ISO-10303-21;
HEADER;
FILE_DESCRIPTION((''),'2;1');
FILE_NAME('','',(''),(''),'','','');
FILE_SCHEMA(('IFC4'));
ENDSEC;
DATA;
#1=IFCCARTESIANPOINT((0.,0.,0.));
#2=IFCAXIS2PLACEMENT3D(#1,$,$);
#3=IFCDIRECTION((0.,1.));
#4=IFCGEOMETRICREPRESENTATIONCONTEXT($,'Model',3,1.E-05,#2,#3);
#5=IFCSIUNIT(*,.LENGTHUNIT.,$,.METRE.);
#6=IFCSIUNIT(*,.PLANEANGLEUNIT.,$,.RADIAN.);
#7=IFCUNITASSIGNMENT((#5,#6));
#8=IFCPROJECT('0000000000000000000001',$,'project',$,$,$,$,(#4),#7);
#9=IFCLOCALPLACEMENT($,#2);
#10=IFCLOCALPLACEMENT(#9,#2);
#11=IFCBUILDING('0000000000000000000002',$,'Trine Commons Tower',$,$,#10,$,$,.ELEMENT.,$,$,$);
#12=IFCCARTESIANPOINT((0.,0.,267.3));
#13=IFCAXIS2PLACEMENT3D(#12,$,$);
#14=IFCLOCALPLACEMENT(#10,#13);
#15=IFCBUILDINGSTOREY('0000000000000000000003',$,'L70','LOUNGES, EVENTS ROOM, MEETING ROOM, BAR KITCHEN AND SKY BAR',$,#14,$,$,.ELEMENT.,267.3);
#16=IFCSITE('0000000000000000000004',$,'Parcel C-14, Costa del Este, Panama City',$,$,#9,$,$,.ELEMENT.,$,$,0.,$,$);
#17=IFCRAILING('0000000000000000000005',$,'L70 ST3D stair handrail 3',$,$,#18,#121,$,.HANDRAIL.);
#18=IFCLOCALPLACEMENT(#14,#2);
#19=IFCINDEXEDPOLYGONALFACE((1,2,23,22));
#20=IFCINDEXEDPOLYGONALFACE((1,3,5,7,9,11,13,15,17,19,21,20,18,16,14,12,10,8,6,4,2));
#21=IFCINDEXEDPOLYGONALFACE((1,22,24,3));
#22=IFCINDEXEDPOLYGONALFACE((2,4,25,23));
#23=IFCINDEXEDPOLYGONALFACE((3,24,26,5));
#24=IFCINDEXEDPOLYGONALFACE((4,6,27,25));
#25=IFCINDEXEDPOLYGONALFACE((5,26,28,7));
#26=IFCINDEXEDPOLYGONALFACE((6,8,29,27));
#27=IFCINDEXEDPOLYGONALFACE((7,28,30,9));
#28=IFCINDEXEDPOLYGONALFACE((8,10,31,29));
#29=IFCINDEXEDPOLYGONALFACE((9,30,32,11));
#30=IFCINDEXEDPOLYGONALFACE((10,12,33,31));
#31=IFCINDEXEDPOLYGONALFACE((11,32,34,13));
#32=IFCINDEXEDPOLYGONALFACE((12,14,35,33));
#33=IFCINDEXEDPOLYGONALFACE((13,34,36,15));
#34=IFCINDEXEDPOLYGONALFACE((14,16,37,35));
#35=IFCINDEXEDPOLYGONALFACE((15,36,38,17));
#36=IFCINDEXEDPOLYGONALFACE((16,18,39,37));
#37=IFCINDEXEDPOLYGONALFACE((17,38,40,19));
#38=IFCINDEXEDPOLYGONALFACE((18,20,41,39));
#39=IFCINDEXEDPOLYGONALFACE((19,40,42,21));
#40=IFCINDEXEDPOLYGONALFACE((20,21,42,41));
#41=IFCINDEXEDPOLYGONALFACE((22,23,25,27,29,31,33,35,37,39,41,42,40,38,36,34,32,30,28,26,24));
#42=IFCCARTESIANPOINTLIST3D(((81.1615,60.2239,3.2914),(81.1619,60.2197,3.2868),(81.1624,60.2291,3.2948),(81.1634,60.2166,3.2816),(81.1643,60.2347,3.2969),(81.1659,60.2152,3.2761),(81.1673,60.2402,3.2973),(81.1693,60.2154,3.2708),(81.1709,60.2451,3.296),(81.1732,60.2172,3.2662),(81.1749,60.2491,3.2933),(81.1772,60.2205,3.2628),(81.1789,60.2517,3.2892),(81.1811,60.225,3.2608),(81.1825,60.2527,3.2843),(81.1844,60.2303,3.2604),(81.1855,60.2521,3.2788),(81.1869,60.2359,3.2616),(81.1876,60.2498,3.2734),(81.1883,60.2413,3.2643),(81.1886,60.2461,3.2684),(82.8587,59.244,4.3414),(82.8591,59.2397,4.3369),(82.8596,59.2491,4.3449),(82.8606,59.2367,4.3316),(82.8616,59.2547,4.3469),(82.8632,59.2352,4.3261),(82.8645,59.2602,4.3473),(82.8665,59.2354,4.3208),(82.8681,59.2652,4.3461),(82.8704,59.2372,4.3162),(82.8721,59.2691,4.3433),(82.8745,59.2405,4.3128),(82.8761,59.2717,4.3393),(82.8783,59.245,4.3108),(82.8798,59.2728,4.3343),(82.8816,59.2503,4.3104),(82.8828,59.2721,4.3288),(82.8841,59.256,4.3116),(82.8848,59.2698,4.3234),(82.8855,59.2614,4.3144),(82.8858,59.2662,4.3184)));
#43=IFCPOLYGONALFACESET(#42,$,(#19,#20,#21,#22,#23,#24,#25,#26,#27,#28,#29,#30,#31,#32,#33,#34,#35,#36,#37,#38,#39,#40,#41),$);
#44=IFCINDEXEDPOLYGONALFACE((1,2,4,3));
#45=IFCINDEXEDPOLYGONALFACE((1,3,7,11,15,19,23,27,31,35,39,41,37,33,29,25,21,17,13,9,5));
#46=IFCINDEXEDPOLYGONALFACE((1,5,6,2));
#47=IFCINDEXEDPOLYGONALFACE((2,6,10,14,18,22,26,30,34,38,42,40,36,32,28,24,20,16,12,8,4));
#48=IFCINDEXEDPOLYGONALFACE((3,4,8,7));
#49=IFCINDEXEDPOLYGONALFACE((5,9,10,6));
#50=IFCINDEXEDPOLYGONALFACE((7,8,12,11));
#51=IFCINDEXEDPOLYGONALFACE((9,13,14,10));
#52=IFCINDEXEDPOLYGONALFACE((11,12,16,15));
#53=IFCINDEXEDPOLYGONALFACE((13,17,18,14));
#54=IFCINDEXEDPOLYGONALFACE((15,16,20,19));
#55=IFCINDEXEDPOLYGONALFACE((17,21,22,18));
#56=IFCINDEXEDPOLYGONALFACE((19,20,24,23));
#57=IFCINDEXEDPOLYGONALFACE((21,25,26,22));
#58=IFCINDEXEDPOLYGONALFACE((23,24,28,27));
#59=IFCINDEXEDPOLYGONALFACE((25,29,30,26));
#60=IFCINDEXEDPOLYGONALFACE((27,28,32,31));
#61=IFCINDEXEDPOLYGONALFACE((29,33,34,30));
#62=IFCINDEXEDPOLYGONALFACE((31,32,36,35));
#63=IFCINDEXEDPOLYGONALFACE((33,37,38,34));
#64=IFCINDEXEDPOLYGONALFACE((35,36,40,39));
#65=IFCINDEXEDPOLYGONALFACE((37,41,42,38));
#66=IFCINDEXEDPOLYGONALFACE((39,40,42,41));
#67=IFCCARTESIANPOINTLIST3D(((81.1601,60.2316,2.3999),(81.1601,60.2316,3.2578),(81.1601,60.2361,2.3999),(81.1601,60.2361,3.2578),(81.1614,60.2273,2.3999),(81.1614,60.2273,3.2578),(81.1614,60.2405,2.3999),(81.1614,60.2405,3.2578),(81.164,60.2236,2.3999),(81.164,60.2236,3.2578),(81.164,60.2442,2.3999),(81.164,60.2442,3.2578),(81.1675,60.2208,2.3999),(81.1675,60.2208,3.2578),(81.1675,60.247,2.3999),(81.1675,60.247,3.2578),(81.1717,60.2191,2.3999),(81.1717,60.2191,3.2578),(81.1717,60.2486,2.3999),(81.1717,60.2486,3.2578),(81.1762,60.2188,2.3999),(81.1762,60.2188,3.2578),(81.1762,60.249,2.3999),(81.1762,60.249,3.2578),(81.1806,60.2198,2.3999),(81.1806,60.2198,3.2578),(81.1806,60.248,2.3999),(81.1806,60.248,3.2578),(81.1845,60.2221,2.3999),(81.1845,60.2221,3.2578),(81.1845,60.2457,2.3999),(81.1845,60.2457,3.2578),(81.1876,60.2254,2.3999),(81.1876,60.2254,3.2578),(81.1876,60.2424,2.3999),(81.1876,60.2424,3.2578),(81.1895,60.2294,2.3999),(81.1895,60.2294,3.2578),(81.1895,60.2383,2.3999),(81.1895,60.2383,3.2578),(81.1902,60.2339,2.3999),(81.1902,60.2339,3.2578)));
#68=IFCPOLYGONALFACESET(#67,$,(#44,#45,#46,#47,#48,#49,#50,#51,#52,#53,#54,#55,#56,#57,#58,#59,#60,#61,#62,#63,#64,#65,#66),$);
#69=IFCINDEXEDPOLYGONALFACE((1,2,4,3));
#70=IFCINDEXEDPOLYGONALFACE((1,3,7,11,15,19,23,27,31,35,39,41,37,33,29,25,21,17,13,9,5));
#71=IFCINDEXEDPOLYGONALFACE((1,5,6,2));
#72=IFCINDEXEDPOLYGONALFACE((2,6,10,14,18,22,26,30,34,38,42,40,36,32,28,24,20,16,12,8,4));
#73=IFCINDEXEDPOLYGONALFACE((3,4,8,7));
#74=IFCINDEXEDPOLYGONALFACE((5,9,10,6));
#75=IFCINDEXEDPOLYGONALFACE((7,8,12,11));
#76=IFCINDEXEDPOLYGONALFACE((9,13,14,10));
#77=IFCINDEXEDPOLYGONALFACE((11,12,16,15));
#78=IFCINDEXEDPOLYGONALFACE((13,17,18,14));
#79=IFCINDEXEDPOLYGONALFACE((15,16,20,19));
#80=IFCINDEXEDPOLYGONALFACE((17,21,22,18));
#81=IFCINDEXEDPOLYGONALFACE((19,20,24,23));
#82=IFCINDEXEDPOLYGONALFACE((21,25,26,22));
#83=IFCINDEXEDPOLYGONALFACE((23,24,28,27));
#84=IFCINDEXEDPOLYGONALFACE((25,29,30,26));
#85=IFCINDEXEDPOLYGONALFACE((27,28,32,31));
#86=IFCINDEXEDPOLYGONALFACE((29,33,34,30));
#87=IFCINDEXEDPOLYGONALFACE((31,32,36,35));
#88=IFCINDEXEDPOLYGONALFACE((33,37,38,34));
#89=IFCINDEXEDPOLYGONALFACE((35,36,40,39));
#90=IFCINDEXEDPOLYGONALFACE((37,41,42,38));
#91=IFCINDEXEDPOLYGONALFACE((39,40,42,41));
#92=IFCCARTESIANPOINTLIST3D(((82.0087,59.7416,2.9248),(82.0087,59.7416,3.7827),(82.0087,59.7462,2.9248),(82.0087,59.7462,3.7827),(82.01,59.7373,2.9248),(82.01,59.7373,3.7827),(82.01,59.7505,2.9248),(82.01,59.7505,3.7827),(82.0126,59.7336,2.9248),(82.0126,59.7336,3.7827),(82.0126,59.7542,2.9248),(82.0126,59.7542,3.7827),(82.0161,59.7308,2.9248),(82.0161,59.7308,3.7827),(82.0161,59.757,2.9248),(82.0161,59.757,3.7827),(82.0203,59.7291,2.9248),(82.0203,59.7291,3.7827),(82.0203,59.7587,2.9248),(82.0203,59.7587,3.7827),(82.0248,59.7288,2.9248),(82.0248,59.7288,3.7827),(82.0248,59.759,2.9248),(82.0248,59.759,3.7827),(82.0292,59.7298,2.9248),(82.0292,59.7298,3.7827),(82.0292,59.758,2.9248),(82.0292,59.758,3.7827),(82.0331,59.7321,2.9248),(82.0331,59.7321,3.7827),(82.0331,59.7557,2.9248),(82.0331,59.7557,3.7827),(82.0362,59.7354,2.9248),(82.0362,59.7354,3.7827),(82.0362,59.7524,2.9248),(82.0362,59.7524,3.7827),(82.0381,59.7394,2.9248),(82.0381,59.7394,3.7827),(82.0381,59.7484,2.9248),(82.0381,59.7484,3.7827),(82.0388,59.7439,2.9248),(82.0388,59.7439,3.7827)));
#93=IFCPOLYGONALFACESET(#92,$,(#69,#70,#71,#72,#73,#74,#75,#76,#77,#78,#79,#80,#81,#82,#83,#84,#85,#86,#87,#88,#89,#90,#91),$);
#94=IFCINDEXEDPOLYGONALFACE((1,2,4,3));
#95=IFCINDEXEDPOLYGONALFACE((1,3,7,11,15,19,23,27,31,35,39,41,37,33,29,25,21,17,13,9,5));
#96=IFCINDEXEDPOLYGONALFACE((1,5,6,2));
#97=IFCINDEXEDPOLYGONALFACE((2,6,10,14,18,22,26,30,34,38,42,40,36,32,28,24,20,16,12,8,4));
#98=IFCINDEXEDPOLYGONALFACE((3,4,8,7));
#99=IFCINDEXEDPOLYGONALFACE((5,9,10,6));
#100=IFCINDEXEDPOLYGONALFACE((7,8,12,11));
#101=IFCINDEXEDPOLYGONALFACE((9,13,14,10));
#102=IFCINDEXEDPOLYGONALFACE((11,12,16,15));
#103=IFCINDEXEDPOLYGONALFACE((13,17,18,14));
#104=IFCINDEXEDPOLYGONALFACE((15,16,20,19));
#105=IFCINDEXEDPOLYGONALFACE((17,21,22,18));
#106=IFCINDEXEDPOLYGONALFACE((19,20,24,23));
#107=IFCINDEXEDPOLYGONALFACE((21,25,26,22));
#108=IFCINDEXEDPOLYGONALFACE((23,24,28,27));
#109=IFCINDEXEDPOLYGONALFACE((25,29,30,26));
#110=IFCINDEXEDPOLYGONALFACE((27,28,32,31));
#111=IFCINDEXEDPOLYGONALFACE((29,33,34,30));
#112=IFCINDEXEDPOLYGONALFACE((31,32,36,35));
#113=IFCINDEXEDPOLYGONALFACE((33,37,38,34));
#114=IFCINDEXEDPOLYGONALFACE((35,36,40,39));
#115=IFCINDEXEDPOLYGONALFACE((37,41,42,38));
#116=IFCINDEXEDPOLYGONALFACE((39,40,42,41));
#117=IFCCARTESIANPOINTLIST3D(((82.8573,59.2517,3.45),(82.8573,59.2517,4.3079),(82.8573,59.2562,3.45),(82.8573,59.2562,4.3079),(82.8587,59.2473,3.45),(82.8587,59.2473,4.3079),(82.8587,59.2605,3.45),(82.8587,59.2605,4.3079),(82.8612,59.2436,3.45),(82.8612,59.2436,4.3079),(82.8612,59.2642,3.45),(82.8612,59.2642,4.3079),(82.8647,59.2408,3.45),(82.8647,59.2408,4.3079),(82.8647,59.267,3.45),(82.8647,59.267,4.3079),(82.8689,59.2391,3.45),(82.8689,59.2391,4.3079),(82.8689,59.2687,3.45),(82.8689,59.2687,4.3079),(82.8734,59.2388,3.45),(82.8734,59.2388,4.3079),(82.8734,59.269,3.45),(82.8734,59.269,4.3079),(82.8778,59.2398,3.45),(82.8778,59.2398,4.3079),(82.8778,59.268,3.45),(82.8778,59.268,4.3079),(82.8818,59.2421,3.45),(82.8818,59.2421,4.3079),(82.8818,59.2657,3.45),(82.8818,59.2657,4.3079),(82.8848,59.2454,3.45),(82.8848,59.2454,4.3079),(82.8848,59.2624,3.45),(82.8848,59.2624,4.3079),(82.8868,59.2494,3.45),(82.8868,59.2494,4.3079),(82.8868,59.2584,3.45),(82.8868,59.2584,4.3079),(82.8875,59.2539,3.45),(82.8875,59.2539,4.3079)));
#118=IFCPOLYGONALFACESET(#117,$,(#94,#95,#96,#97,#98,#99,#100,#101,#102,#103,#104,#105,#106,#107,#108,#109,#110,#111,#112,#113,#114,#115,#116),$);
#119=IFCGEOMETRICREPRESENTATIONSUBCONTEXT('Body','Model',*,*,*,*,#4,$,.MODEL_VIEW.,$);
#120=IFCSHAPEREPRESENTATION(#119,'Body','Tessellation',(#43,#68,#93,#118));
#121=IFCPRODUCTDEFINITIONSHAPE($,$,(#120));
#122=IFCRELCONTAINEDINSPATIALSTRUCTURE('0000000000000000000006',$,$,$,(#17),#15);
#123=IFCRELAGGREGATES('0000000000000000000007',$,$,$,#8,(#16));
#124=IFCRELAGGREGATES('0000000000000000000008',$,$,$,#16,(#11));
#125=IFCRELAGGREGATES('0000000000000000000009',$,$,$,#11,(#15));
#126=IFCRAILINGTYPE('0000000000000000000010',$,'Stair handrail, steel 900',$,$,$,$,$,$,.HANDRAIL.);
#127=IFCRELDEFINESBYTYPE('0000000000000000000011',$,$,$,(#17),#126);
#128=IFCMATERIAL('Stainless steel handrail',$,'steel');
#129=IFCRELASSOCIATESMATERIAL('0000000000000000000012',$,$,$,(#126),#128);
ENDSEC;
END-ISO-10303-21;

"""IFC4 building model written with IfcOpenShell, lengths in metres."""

from ifc_helpers import new_model, si_unit, direction, frame, origin, origin_2d, place, context, subcontext, project, spatial, circle, extrude, material, type_object, element, save


model = new_model("IFC4")

# Units and contexts
model_context = context("Model", 3, precision=1e-05, world=origin(), true_north=direction((0.0, 1.0)))
body_context = subcontext(model_context, "Body", "Model", "MODEL_VIEW")
ifc_project = project(units=[si_unit("LENGTHUNIT", "METRE"), si_unit("PLANEANGLEUNIT", "RADIAN")], contexts=[model_context])

# Site, building, storey
site_placement = place(None, origin())
site = spatial("IfcSite", under=ifc_project, at=site_placement, Name="Parcel C-14, Costa del Este, Panama City", CompositionType="ELEMENT", RefElevation=0.0)
building_placement = place(site_placement, origin())
building = spatial("IfcBuilding", under=site, at=building_placement, Name="Trine Commons Tower", CompositionType="ELEMENT")
storey_placement = place(building_placement, frame((0.0, 0.0, 267.3)))
storey = spatial("IfcBuildingStorey", under=building, at=storey_placement, Name="L70", Description="LOUNGES, EVENTS ROOM, MEETING ROOM, BAR KITCHEN AND SKY BAR", CompositionType="ELEMENT", Elevation=267.3)

# Railing
ifc_material_1 = material(Name="Stainless steel handrail", Category="steel")
railing_type_1 = type_object("IfcRailingType", Name="Stair handrail, steel 900", PredefinedType="HANDRAIL", material=ifc_material_1)
railing_1_placement = place(storey_placement, frame((81.175, 60.2339, 2.3999)))
element("IfcRailing", 1, at=railing_1_placement, inside=storey, type_object=railing_type_1, Name="L70 ST3D stair handrail 3", PredefinedType="HANDRAIL", context=body_context, shape_type="SweptSolid", body=[
    extrude(circle(Radius=0.021, at=origin_2d()), frame((0.0, 0.0, 0.8789), z_axis=(0.763352, -0.44075, 0.472264), x_axis=(0.500024, 0.866011, 0.0)), (0.0, 0.0, 1.0), 2.2234),
    extrude(circle(Radius=0.0151, at=origin_2d()), origin(), (0.0, 0.0, 1.0), 0.8579),
    extrude(circle(Radius=0.0151, at=origin_2d()), frame((0.8486, -0.49, 0.5249)), (0.0, 0.0, 1.0), 0.8579),
    extrude(circle(Radius=0.0151, at=origin_2d()), frame((1.6973, -0.98, 1.05)), (0.0, 0.0, 1.0), 0.8579),
])

save(model, "model.ifc")
